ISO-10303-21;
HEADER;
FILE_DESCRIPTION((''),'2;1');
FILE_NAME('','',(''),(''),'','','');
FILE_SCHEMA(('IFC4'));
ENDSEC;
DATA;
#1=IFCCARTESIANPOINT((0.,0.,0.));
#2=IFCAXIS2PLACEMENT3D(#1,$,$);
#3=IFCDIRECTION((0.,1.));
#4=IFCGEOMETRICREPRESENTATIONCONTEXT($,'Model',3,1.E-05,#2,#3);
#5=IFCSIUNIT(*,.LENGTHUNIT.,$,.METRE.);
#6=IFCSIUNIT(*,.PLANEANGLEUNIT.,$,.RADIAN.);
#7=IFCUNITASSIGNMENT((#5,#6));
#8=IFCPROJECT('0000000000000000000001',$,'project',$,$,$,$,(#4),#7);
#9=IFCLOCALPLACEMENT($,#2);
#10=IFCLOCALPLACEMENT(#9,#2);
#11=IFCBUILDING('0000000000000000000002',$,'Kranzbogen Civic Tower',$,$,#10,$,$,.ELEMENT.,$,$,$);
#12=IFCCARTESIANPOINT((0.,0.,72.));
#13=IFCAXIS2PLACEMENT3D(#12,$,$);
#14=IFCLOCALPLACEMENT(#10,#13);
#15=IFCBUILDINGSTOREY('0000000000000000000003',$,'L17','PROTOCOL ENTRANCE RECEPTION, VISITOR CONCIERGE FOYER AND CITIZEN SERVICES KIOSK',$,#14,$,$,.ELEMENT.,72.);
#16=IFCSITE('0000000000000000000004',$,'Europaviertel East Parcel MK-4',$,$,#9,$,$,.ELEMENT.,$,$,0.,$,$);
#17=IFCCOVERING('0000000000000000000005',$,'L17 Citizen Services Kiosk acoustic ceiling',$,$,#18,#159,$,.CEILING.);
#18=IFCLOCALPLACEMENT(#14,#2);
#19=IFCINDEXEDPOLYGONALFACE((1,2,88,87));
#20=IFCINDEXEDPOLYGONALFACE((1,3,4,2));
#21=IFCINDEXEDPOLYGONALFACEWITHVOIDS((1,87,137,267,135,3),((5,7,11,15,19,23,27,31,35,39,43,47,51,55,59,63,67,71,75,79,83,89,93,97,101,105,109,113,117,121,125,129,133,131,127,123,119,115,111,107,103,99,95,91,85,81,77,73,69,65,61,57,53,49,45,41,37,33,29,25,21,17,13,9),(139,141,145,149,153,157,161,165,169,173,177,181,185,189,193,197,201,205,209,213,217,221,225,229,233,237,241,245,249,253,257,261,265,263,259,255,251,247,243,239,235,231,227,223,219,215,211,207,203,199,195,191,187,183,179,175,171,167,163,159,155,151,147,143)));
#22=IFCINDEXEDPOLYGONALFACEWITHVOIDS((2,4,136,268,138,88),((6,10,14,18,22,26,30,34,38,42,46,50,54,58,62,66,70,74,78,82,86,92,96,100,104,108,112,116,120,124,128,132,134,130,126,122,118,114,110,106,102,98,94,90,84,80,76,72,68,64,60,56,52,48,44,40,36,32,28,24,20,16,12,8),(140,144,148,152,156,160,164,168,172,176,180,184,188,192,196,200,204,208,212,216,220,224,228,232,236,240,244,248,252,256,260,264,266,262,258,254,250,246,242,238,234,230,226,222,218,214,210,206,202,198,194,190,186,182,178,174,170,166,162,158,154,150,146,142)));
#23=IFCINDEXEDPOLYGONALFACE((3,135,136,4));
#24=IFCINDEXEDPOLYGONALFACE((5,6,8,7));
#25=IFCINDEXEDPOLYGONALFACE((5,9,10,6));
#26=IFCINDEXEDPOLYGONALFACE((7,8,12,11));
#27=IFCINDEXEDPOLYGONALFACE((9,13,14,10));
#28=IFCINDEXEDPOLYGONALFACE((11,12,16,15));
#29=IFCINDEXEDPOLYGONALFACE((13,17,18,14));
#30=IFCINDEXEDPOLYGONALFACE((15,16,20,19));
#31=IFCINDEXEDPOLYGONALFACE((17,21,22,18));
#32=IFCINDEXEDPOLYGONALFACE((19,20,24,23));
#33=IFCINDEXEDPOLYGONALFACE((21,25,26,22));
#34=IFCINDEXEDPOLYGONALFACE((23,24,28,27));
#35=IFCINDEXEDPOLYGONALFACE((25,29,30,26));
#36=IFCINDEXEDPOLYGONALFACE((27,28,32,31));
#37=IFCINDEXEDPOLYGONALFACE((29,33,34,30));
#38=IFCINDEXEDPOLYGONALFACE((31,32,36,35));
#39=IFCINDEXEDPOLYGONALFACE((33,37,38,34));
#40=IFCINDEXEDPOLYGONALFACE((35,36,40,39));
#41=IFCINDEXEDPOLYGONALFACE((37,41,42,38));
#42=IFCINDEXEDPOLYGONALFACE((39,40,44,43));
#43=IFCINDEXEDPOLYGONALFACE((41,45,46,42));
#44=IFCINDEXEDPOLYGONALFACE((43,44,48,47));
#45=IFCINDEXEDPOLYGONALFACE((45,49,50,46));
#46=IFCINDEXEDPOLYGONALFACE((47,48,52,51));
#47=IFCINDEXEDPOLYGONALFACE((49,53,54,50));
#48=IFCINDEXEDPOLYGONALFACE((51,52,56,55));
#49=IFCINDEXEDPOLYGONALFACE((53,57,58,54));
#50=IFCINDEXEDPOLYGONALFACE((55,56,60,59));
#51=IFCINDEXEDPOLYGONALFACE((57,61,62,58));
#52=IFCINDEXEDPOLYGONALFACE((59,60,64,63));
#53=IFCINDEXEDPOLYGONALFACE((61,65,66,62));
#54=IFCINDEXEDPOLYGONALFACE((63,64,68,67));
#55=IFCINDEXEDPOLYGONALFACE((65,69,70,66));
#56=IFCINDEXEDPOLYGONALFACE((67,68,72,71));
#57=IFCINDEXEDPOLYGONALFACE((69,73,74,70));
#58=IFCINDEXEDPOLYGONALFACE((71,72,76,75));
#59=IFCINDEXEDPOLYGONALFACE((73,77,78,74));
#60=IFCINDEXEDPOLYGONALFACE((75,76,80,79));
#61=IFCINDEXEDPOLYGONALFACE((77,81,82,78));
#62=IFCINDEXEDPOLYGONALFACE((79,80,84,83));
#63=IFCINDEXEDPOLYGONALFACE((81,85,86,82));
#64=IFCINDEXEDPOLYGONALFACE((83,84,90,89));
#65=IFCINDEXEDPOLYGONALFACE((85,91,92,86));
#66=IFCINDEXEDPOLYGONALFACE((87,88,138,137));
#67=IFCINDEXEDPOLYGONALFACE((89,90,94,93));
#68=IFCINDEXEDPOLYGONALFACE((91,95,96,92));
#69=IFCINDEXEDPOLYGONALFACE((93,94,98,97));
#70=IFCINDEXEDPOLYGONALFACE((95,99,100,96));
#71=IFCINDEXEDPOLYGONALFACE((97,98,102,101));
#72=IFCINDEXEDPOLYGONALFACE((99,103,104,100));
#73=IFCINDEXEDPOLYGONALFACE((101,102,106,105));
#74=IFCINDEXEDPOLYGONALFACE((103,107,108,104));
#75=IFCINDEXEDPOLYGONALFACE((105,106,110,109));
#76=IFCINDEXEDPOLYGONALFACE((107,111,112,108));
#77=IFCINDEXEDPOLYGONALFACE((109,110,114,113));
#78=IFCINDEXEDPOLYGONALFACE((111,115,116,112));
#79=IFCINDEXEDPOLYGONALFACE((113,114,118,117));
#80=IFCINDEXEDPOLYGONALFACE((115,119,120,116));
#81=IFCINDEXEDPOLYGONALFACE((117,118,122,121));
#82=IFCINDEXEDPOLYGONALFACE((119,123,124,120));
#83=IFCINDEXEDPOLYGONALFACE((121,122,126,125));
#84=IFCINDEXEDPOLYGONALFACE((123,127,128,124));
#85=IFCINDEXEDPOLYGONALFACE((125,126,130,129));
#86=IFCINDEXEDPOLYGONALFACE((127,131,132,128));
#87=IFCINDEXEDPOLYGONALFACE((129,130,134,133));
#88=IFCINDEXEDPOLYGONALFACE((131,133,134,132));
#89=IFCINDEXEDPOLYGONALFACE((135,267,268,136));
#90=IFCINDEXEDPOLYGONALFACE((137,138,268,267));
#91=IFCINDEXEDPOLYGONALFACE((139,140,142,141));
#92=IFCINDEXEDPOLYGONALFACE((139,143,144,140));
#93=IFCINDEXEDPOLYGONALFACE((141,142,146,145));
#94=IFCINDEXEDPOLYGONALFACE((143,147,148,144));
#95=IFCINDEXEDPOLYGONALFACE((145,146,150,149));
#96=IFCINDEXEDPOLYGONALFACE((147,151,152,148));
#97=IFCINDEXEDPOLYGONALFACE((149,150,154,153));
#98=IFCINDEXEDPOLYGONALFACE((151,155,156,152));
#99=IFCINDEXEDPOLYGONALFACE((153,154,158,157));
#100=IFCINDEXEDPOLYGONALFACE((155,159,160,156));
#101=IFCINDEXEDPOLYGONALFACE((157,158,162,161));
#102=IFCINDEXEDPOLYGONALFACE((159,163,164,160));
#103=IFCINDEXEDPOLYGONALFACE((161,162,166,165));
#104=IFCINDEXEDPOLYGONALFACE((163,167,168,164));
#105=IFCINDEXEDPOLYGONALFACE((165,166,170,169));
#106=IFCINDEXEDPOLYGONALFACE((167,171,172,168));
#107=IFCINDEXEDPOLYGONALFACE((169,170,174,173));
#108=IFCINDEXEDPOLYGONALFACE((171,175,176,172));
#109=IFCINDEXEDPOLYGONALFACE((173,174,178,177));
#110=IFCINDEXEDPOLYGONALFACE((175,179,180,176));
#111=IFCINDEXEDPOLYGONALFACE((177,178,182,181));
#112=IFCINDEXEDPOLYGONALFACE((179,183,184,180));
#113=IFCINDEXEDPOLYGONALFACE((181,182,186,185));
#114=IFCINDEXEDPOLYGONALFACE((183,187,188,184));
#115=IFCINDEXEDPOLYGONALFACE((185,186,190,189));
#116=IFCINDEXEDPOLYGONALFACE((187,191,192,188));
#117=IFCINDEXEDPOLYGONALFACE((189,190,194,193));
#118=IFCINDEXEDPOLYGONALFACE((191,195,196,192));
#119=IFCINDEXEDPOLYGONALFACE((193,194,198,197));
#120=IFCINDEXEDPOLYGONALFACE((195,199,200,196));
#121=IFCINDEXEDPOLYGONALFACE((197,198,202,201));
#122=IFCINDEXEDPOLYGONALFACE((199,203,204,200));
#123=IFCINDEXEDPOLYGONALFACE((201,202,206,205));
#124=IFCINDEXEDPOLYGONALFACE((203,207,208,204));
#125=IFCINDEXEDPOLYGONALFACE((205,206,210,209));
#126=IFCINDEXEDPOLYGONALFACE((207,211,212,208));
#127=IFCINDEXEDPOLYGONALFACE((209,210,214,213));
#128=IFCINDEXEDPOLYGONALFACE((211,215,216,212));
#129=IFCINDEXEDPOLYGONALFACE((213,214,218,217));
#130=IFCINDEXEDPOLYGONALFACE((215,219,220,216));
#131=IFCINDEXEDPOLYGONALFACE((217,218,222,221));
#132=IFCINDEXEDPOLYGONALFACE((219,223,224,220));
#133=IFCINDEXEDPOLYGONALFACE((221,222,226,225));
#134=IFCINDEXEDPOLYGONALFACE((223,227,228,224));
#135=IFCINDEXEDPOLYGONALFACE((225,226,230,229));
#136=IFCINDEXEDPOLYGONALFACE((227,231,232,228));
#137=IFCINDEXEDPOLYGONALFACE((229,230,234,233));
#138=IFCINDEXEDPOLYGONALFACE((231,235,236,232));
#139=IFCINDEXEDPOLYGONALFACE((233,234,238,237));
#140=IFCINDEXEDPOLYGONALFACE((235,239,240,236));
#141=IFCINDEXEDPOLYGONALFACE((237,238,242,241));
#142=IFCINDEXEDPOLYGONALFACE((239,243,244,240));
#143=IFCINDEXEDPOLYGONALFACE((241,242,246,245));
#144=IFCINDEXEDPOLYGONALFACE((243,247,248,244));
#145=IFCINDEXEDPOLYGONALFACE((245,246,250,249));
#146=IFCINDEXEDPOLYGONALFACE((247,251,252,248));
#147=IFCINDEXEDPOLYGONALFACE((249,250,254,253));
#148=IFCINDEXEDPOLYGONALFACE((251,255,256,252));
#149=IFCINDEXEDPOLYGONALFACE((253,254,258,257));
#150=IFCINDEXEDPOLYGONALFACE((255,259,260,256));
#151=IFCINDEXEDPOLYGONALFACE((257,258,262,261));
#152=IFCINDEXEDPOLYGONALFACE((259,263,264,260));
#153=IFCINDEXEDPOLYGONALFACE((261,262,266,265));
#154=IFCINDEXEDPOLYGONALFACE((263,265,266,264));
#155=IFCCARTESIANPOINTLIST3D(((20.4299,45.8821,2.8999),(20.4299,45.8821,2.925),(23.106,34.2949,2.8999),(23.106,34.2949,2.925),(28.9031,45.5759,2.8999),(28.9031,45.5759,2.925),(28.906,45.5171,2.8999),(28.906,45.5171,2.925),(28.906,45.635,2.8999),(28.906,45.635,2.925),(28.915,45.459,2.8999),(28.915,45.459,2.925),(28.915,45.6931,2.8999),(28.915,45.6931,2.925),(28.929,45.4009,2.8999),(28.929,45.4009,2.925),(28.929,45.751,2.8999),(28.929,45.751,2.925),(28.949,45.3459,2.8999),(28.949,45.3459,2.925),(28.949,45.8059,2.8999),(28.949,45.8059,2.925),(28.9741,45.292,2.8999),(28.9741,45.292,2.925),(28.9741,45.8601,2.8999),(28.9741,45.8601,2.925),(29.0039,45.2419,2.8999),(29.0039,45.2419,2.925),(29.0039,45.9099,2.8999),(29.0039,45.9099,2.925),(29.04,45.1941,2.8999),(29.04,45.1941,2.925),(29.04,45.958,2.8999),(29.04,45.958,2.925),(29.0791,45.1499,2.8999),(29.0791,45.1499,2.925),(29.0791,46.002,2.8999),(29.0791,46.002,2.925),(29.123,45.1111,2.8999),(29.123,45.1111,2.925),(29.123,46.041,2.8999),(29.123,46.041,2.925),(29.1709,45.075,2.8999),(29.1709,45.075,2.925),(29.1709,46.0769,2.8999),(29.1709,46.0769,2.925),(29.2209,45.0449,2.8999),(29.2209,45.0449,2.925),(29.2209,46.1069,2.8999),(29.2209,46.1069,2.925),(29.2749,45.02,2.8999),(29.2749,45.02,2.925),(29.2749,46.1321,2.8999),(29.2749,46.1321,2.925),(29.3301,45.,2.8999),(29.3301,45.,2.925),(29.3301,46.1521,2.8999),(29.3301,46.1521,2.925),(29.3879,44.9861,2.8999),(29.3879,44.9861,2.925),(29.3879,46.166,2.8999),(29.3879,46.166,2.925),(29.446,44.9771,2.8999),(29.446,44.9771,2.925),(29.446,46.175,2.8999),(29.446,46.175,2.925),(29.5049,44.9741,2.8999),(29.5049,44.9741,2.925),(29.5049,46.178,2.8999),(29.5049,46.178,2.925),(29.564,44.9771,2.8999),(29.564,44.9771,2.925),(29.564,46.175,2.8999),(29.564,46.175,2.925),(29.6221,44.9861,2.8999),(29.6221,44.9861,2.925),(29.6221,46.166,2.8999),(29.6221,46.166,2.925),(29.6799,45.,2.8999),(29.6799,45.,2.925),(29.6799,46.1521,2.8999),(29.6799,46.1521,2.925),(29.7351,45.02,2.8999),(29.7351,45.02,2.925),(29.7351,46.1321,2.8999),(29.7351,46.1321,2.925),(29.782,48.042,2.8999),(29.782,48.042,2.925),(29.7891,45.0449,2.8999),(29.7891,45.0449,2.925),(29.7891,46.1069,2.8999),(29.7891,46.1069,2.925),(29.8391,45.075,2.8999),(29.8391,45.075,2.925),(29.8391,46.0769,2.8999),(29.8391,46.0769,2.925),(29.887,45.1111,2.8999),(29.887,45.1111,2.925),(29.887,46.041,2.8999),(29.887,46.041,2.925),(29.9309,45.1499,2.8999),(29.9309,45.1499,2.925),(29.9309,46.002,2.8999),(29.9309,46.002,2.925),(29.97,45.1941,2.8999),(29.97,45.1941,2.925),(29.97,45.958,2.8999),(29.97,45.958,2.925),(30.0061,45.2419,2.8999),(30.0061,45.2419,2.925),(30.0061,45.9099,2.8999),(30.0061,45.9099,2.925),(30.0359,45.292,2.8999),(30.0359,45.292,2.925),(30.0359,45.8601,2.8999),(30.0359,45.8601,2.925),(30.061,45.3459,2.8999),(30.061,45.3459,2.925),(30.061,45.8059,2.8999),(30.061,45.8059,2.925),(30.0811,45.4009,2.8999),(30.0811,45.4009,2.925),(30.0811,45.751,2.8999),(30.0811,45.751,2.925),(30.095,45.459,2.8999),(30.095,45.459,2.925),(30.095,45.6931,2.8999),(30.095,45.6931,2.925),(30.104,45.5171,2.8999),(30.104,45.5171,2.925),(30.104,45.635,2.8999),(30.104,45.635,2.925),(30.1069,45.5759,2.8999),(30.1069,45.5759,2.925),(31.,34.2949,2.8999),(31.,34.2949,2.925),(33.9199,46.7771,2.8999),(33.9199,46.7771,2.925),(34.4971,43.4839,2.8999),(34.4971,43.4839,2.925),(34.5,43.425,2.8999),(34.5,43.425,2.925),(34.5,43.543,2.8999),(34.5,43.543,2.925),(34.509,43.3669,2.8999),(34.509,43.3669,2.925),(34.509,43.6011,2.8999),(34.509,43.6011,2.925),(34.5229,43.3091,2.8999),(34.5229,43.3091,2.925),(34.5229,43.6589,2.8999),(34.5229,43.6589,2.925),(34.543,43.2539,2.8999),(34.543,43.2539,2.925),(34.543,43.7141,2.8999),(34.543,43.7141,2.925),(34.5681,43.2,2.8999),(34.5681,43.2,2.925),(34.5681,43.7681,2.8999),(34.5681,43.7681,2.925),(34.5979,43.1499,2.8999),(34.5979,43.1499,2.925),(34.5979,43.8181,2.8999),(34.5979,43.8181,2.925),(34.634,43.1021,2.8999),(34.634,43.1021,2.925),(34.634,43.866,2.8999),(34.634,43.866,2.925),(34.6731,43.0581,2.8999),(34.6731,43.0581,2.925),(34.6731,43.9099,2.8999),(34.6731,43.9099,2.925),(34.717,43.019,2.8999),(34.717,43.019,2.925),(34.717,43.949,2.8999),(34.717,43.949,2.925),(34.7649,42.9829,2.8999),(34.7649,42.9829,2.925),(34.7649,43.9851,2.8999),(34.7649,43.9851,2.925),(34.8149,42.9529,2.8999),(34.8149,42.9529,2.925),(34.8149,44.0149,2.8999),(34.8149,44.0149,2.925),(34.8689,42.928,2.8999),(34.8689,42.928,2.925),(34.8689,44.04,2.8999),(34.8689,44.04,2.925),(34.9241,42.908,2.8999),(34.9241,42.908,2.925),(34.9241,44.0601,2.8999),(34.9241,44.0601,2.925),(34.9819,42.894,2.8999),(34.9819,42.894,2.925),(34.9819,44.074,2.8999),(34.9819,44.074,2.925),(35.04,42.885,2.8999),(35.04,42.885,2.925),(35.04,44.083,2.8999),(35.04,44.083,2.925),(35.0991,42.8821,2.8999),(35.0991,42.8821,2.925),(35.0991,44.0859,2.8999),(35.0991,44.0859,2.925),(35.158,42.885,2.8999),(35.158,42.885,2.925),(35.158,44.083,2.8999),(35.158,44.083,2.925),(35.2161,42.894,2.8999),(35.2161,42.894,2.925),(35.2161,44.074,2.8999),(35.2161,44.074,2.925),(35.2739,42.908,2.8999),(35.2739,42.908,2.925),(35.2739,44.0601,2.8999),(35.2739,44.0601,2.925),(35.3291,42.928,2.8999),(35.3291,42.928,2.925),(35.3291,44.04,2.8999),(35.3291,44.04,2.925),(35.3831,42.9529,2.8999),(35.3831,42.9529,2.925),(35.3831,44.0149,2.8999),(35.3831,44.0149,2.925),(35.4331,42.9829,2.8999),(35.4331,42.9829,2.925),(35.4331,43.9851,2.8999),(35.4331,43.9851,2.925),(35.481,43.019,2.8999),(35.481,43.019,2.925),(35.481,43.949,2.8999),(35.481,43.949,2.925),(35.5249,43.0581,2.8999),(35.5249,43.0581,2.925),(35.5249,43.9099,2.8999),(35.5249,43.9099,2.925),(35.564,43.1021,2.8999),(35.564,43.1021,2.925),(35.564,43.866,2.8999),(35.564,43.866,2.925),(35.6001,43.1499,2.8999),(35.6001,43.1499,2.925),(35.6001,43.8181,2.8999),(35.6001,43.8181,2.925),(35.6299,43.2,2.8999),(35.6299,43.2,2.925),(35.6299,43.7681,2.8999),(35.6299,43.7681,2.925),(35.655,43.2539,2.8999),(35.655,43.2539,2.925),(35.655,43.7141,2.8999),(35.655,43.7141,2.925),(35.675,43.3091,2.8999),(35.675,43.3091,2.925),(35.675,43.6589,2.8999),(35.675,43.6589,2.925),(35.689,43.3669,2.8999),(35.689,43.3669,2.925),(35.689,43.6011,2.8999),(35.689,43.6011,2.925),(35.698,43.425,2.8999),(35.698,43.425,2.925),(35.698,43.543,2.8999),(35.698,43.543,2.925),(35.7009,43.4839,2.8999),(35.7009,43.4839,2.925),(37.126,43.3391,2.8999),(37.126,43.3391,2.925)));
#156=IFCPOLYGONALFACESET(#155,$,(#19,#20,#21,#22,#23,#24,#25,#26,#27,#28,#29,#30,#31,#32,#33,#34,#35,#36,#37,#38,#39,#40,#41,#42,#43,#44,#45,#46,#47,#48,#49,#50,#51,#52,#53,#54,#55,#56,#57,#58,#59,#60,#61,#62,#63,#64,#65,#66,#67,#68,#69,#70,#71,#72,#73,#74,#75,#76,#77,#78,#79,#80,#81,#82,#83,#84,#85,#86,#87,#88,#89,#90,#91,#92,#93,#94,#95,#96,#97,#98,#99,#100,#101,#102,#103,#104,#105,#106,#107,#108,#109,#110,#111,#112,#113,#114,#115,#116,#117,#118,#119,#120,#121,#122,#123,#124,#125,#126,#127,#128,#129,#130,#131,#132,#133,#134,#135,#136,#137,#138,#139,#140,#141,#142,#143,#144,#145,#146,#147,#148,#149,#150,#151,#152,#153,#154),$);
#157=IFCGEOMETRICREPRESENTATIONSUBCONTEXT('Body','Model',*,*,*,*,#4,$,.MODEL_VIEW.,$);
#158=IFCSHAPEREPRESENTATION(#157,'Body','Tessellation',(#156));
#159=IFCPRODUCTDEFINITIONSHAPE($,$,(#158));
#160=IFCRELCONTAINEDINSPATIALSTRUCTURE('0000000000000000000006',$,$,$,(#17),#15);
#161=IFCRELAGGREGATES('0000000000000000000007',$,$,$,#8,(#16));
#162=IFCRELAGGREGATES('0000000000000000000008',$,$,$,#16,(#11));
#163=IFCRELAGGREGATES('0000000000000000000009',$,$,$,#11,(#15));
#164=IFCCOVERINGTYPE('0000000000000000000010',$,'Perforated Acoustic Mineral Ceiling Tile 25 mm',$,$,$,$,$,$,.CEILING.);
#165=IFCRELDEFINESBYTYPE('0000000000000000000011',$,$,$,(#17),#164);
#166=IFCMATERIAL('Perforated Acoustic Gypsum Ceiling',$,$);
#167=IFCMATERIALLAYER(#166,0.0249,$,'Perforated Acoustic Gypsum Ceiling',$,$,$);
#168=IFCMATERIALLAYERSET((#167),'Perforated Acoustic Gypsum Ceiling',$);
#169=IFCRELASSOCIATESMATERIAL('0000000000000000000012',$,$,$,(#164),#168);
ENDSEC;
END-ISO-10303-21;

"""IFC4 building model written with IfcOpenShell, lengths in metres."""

from ifc_helpers import new_model, si_unit, direction, frame, origin, place, context, subcontext, project, spatial, polyline, outline, extrude, material, layer, layer_set, type_object, element, save


model = new_model("IFC4")

# Units and contexts
model_context = context("Model", 3, precision=1e-05, world=origin(), true_north=direction((0.0, 1.0)))
body_context = subcontext(model_context, "Body", "Model", "MODEL_VIEW")
ifc_project = project(units=[si_unit("LENGTHUNIT", "METRE"), si_unit("PLANEANGLEUNIT", "RADIAN")], contexts=[model_context])

# Site, building, storey
site_placement = place(None, origin())
site = spatial("IfcSite", under=ifc_project, at=site_placement, Name="Europaviertel East Parcel MK-4", CompositionType="ELEMENT", RefElevation=0.0)
building_placement = place(site_placement, origin())
building = spatial("IfcBuilding", under=site, at=building_placement, Name="Kranzbogen Civic Tower", CompositionType="ELEMENT")
storey_placement = place(building_placement, frame((0.0, 0.0, 72.0)))
storey = spatial("IfcBuildingStorey", under=building, at=storey_placement, Name="L17", Description="PROTOCOL ENTRANCE RECEPTION, VISITOR CONCIERGE FOYER AND CITIZEN SERVICES KIOSK", CompositionType="ELEMENT", Elevation=72.0)

# Covering
ifc_material_1 = material(Name="Perforated Acoustic Gypsum Ceiling")
ifc_layer_1 = layer(ifc_material_1, 0.0249, Name="Perforated Acoustic Gypsum Ceiling")
ifc_layer_set_1 = layer_set([ifc_layer_1], Name="Perforated Acoustic Gypsum Ceiling")
covering_type = type_object("IfcCoveringType", Name="Perforated Acoustic Mineral Ceiling Tile 25 mm", PredefinedType="CEILING", material=ifc_layer_set_1)
covering_1_placement = place(storey_placement, frame((0.0, 0.0, 2.8999)))
element("IfcCovering", 1, at=covering_1_placement, inside=storey, type_object=covering_type, Name="L17 Citizen Services Kiosk acoustic ceiling", PredefinedType="CEILING", context=body_context, shape_type="SweptSolid", body=[
    extrude(outline(polyline([(33.9199, 46.7771), (37.126, 43.3391), (31.0, 34.2949), (23.106, 34.2949), (20.4299, 45.8821), (29.782, 48.042), (33.9199, 46.7771)]), holes=[polyline([(35.655, 43.2539), (35.6299, 43.2), (35.6001, 43.1499), (35.564, 43.1021), (35.5249, 43.0581), (35.481, 43.019), (35.4331, 42.9829), (35.3831, 42.9529), (35.3291, 42.928), (35.2739, 42.908), (35.2161, 42.894), (35.158, 42.885), (35.0991, 42.8821), (35.04, 42.885), (34.9819, 42.894), (34.9241, 42.908), (34.8689, 42.928), (34.8149, 42.9529), (34.7649, 42.9829), (34.717, 43.019), (34.6731, 43.0581), (34.634, 43.1021), (34.5979, 43.1499), (34.5681, 43.2), (34.543, 43.2539), (34.5229, 43.3091), (34.509, 43.3669), (34.5, 43.425), (34.4971, 43.4839), (34.5, 43.543), (34.509, 43.6011), (34.5229, 43.6589), (34.543, 43.7141), (34.5681, 43.7681), (34.5979, 43.8181), (34.634, 43.866), (34.6731, 43.9099), (34.717, 43.949), (34.7649, 43.9851), (34.8149, 44.0149), (34.8689, 44.04), (34.9241, 44.0601), (34.9819, 44.074), (35.04, 44.083), (35.0991, 44.0859), (35.158, 44.083), (35.2161, 44.074), (35.2739, 44.0601), (35.3291, 44.04), (35.3831, 44.0149), (35.4331, 43.9851), (35.481, 43.949), (35.5249, 43.9099), (35.564, 43.866), (35.6001, 43.8181), (35.6299, 43.7681), (35.655, 43.7141), (35.675, 43.6589), (35.689, 43.6011), (35.698, 43.543), (35.7009, 43.4839), (35.698, 43.425), (35.689, 43.3669), (35.675, 43.3091), (35.655, 43.2539)]), polyline([(30.061, 45.3459), (30.0359, 45.292), (30.0061, 45.2419), (29.97, 45.1941), (29.9309, 45.1499), (29.887, 45.1111), (29.8391, 45.075), (29.7891, 45.0449), (29.7351, 45.02), (29.6799, 45.0), (29.6221, 44.9861), (29.564, 44.9771), (29.5049, 44.9741), (29.446, 44.9771), (29.3879, 44.9861), (29.3301, 45.0), (29.2749, 45.02), (29.2209, 45.0449), (29.1709, 45.075), (29.123, 45.1111), (29.0791, 45.1499), (29.04, 45.1941), (29.0039, 45.2419), (28.9741, 45.292), (28.949, 45.3459), (28.929, 45.4009), (28.915, 45.459), (28.906, 45.5171), (28.9031, 45.5759), (28.906, 45.635), (28.915, 45.6931), (28.929, 45.751), (28.949, 45.8059), (28.9741, 45.8601), (29.0039, 45.9099), (29.04, 45.958), (29.0791, 46.002), (29.123, 46.041), (29.1709, 46.0769), (29.2209, 46.1069), (29.2749, 46.1321), (29.3301, 46.1521), (29.3879, 46.166), (29.446, 46.175), (29.5049, 46.178), (29.564, 46.175), (29.6221, 46.166), (29.6799, 46.1521), (29.7351, 46.1321), (29.7891, 46.1069), (29.8391, 46.0769), (29.887, 46.041), (29.9309, 46.002), (29.97, 45.958), (30.0061, 45.9099), (30.0359, 45.8601), (30.061, 45.8059), (30.0811, 45.751), (30.095, 45.6931), (30.104, 45.635), (30.1069, 45.5759), (30.104, 45.5171), (30.095, 45.459), (30.0811, 45.4009), (30.061, 45.3459)])]), origin(), (0.0, 0.0, 1.0), 0.0251),
])

save(model, "model.ifc")
